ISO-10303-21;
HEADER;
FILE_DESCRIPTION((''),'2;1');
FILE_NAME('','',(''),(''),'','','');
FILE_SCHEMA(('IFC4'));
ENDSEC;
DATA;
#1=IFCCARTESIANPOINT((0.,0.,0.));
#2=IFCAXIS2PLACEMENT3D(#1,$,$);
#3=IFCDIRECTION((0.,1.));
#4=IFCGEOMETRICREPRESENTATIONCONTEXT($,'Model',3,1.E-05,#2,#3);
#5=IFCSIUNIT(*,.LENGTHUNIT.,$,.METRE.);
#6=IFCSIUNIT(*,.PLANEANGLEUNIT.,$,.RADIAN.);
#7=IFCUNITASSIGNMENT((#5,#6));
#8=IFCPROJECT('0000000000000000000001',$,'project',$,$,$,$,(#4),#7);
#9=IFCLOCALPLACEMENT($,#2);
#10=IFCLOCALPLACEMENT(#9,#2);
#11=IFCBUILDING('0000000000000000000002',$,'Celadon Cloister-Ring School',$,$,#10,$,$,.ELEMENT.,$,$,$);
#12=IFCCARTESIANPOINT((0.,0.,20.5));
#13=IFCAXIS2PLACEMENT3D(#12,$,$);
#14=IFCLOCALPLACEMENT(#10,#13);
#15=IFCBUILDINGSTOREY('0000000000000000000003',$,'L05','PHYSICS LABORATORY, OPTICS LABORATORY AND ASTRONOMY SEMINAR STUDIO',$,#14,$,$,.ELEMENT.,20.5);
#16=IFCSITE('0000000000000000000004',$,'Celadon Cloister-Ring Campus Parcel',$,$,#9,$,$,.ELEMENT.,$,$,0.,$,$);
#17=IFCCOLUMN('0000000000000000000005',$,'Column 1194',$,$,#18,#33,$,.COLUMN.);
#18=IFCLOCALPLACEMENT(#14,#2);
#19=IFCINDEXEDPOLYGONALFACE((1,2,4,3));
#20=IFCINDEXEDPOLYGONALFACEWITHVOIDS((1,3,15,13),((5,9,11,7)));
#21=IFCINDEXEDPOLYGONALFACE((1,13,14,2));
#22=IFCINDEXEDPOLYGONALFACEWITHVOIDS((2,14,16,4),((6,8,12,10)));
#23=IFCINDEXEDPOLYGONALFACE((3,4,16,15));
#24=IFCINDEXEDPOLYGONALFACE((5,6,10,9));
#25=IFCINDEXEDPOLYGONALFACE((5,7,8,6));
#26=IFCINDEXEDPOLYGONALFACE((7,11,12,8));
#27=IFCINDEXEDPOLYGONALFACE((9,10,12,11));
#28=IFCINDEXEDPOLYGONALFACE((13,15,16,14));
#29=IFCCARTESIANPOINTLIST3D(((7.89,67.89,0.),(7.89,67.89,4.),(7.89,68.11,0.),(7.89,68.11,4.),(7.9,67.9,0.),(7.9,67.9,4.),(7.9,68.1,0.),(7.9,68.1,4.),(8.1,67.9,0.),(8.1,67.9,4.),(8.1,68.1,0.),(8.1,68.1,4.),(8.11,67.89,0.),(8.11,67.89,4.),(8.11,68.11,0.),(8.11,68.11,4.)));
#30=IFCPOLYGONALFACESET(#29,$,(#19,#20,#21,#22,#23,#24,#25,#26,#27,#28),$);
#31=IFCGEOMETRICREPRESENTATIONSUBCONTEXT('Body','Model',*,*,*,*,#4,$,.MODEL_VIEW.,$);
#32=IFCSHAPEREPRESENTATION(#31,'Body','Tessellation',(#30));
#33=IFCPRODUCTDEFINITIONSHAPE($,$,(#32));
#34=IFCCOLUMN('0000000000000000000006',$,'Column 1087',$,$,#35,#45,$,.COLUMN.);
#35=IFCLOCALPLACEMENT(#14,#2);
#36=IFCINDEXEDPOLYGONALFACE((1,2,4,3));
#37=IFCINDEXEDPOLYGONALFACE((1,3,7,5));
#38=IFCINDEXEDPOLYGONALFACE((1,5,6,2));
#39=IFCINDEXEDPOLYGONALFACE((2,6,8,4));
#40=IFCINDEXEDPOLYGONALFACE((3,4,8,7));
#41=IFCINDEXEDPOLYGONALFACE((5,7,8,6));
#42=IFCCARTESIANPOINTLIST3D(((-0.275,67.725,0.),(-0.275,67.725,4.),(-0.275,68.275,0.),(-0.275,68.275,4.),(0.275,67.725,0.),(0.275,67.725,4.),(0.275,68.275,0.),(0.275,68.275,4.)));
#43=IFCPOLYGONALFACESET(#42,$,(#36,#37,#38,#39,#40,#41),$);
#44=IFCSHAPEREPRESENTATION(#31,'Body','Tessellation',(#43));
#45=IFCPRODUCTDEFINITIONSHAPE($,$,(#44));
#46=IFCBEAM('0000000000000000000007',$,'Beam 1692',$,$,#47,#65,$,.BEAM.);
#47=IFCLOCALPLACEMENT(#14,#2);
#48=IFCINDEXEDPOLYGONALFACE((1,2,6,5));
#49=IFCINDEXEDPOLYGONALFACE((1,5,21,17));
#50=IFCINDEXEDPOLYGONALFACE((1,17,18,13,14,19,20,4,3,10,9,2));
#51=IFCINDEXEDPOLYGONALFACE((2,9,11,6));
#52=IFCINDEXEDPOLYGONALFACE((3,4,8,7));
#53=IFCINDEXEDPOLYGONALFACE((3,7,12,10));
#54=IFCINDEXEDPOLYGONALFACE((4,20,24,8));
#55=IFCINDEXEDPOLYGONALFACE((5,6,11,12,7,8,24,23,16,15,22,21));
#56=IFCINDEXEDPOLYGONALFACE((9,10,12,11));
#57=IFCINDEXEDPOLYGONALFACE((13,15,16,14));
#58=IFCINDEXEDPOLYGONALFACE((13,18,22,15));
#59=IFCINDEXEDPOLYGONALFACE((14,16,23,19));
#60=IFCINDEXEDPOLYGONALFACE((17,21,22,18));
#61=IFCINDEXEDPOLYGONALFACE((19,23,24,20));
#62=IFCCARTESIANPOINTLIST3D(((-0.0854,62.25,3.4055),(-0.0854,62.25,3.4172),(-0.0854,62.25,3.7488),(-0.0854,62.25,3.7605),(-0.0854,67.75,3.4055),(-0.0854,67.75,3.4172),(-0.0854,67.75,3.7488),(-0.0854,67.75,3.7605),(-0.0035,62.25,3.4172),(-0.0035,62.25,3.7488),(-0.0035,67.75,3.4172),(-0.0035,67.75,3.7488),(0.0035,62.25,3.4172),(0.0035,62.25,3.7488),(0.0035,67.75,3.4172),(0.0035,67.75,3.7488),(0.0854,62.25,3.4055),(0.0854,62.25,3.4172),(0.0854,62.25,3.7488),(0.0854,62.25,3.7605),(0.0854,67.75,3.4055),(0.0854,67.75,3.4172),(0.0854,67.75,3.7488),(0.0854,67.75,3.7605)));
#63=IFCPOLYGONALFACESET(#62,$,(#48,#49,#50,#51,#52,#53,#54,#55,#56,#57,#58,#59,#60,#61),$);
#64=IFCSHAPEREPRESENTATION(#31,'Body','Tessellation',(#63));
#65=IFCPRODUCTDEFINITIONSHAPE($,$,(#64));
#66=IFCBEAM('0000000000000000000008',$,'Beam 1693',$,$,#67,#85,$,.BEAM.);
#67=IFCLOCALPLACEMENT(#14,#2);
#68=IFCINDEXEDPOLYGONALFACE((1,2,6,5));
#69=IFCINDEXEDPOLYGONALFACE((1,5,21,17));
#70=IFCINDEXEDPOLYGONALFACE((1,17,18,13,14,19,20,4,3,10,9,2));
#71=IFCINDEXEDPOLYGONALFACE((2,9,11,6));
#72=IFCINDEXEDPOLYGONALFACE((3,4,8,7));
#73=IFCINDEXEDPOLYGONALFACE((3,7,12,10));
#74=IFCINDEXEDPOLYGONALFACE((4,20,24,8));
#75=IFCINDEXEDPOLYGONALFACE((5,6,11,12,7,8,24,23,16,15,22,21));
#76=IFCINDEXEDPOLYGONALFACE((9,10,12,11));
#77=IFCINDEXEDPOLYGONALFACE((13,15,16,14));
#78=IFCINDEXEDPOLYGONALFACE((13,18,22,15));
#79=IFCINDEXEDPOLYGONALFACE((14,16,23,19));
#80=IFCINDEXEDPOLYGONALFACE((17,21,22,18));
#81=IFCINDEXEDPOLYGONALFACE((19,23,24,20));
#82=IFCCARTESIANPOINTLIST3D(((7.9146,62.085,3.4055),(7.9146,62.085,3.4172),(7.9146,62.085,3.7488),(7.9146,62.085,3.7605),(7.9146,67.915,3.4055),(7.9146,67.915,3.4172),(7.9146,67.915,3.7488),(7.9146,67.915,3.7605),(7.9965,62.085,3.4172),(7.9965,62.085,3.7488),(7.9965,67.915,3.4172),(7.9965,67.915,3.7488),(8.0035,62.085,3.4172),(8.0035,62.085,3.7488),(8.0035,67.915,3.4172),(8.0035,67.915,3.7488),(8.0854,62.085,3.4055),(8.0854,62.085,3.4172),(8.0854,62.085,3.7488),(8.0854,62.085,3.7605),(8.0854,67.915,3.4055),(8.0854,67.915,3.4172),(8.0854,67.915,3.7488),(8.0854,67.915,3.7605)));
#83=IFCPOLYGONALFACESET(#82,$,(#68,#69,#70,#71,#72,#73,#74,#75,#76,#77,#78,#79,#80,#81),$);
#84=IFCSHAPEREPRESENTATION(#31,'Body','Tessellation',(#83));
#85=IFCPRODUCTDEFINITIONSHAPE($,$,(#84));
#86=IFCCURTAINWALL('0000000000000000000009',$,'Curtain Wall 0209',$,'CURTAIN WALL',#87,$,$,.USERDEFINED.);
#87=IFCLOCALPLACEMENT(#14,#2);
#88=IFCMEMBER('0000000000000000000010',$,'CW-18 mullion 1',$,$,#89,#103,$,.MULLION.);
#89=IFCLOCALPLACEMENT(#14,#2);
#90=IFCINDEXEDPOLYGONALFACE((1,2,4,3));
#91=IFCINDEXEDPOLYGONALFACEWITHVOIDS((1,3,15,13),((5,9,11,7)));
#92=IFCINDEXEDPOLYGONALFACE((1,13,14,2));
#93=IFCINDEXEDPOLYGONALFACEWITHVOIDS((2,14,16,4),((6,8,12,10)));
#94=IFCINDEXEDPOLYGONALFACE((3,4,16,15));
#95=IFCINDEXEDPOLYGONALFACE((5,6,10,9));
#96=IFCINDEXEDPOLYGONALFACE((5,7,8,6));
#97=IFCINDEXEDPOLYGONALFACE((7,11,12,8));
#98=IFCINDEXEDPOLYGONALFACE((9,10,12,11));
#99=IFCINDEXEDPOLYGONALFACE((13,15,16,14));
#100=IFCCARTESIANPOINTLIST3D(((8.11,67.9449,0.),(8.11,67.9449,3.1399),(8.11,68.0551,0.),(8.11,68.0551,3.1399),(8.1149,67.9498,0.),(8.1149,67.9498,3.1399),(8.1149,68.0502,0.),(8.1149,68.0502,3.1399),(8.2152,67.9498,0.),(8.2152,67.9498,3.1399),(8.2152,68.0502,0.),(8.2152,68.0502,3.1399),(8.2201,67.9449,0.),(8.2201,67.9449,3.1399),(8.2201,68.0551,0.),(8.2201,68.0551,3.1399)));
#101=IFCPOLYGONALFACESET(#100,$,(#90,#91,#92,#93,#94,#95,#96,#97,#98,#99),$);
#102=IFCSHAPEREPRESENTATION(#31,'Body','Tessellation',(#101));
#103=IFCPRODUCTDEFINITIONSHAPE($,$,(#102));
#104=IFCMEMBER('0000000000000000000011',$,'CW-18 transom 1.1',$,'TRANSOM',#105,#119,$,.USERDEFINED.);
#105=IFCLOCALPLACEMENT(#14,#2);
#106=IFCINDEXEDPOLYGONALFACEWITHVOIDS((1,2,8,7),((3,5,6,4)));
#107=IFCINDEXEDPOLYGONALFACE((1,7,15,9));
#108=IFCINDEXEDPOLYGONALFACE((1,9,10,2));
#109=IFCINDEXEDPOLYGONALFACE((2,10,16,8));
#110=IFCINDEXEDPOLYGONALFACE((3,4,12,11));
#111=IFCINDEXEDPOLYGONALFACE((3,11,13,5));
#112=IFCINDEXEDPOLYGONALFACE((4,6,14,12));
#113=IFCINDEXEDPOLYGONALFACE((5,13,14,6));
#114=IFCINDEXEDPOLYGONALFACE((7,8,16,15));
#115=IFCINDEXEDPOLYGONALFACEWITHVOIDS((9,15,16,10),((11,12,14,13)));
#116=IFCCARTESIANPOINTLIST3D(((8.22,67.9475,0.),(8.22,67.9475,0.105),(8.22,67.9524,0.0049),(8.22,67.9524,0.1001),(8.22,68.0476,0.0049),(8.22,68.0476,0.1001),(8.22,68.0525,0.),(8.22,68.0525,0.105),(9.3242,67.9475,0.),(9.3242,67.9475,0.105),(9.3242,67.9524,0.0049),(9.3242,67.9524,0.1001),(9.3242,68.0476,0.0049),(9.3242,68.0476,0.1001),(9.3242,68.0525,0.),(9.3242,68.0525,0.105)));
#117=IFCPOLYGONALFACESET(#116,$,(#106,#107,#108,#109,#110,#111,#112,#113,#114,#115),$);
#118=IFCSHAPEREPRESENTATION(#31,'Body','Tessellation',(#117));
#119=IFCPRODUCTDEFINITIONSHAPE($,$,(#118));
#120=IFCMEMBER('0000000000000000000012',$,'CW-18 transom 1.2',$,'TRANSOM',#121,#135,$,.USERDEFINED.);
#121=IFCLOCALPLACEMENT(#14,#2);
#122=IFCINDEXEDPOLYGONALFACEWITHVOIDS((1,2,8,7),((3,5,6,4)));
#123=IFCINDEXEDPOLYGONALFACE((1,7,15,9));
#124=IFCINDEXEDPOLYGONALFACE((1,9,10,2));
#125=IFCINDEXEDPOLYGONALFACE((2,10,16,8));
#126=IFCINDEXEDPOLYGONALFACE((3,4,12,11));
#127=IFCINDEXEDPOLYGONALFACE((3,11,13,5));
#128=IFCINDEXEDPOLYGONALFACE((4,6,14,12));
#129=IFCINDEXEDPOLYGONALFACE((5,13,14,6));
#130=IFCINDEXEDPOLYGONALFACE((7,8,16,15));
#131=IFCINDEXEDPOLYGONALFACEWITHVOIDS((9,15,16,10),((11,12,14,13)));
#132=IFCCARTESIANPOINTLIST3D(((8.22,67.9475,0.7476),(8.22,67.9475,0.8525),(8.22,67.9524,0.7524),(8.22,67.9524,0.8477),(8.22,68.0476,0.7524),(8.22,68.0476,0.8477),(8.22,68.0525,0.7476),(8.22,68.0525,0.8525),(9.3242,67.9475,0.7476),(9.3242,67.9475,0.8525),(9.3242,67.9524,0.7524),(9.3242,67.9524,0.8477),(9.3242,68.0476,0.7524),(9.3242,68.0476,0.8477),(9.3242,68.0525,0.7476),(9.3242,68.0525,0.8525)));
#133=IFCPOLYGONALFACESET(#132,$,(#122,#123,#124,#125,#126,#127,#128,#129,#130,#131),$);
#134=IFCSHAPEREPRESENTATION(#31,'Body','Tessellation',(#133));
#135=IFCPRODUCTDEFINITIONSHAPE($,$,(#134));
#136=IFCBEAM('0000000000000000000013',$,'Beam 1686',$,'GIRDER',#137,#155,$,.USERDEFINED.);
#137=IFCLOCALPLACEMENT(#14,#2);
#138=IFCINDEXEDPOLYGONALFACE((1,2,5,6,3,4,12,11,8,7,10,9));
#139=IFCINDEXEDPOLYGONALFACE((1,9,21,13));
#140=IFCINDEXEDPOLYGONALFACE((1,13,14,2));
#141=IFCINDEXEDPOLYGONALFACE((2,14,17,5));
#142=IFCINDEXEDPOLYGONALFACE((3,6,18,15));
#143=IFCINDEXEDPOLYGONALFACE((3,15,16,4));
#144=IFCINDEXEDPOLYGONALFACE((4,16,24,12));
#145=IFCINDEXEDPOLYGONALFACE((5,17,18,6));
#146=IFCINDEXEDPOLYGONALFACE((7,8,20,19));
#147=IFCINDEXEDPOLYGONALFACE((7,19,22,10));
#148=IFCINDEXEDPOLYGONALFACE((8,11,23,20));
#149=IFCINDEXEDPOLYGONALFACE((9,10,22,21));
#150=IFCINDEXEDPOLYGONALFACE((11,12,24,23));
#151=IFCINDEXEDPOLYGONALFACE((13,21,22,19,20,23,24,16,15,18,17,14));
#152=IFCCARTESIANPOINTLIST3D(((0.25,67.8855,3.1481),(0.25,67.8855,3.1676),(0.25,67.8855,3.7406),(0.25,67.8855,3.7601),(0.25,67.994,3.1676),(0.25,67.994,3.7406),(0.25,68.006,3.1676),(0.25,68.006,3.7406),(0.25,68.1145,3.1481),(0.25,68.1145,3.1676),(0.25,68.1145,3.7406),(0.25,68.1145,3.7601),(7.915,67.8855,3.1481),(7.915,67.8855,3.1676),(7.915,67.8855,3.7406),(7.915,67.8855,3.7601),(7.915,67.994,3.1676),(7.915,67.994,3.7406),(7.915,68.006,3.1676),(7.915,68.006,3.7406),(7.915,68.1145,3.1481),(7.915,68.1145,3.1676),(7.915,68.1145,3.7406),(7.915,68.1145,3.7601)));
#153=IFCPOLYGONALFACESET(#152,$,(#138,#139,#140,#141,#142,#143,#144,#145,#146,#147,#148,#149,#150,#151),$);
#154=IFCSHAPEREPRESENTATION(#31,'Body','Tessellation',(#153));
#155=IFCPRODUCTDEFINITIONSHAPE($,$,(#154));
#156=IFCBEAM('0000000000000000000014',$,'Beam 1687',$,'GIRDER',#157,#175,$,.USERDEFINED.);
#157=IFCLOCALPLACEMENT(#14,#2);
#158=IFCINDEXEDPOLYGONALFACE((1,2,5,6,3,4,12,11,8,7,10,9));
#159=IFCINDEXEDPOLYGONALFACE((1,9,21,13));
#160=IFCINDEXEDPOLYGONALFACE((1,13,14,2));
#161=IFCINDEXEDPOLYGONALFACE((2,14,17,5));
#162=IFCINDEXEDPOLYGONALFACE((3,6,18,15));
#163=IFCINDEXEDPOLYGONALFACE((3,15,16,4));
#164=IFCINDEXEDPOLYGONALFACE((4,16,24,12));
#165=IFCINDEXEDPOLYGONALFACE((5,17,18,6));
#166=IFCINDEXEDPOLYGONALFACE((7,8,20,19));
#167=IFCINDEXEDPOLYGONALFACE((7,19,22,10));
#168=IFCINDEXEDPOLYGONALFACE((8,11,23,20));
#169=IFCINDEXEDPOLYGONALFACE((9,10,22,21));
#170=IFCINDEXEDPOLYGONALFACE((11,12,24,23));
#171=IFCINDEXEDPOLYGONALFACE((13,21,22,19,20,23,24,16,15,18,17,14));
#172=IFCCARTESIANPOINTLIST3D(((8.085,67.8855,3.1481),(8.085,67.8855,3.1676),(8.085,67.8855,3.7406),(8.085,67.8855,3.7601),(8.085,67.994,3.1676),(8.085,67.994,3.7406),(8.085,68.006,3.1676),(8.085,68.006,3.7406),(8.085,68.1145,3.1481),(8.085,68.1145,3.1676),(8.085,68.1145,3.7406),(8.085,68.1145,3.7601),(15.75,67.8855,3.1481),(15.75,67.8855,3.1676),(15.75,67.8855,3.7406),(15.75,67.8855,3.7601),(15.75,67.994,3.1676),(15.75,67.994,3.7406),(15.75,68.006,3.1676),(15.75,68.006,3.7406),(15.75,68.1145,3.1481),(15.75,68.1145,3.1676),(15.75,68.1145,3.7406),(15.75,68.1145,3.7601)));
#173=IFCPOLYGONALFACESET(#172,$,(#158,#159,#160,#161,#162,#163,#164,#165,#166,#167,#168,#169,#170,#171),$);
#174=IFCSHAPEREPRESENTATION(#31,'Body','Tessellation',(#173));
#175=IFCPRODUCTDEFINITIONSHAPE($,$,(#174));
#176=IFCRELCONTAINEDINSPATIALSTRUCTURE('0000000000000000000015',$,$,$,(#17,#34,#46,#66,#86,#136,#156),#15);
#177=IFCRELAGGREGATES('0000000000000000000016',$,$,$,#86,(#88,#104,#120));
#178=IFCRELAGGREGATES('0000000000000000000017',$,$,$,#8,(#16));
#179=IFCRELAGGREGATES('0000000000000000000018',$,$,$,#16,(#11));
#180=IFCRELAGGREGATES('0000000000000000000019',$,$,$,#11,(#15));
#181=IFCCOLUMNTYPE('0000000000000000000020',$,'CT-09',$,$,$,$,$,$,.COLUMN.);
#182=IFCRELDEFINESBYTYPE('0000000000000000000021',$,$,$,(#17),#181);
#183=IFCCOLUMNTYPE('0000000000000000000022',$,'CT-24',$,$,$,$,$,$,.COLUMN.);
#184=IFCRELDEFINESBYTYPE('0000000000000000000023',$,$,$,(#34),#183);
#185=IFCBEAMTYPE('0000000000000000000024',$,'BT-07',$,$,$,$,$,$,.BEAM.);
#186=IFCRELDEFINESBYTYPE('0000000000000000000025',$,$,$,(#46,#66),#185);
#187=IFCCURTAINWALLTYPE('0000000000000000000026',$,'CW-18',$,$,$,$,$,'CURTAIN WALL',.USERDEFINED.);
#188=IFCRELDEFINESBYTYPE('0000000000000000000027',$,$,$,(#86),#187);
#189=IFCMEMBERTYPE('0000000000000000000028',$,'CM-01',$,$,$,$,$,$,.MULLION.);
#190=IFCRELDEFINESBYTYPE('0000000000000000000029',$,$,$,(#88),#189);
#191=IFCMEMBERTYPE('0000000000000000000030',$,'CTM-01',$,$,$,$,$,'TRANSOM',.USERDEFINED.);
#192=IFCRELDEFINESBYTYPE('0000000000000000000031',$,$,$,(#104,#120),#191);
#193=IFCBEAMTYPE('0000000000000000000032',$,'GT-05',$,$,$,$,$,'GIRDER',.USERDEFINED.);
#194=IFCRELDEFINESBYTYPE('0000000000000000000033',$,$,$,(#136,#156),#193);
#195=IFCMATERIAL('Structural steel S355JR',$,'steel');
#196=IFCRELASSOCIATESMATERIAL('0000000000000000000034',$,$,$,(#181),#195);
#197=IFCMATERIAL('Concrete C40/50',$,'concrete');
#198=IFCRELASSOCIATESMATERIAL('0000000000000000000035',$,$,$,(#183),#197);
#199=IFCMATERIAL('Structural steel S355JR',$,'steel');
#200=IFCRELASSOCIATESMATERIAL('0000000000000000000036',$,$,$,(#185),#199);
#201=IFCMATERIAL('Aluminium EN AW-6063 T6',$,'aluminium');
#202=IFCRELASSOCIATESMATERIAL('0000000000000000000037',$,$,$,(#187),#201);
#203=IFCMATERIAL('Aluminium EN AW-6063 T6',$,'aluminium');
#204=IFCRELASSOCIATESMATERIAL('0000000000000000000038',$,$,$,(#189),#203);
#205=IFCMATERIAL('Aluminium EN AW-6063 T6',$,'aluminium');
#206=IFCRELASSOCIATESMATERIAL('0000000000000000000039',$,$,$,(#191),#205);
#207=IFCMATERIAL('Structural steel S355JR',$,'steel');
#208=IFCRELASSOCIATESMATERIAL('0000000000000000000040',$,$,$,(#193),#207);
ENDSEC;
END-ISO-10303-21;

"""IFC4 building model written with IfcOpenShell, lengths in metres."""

from ifc_helpers import new_model, si_unit, direction, frame, origin, origin_2d, place, context, subcontext, project, spatial, rectangle, hollow_rectangle, i_section, extrude, material, material_profile, profile_set, type_object, element, aggregate, save


model = new_model("IFC4")

# Units and contexts
model_context = context("Model", 3, precision=1e-05, world=origin(), true_north=direction((0.0, 1.0)))
body_context = subcontext(model_context, "Body", "Model", "MODEL_VIEW")
ifc_project = project(units=[si_unit("LENGTHUNIT", "METRE"), si_unit("PLANEANGLEUNIT", "RADIAN")], contexts=[model_context])

# Site, building, storey
site_placement = place(None, origin())
site = spatial("IfcSite", under=ifc_project, at=site_placement, Name="Celadon Cloister-Ring Campus Parcel", CompositionType="ELEMENT", RefElevation=0.0)
building_placement = place(site_placement, origin())
building = spatial("IfcBuilding", under=site, at=building_placement, Name="Celadon Cloister-Ring School", CompositionType="ELEMENT")
storey_placement = place(building_placement, frame((0.0, 0.0, 20.5)))
storey = spatial("IfcBuildingStorey", under=building, at=storey_placement, Name="L05", Description="PHYSICS LABORATORY, OPTICS LABORATORY AND ASTRONOMY SEMINAR STUDIO", CompositionType="ELEMENT", Elevation=20.5)

# Columns
ifc_material_1 = material(Name="Structural steel S355JR", Category="steel")
ifc_material_profile_1 = material_profile(ifc_material_1, hollow_rectangle(XDim=0.22, YDim=0.22, WallThickness=0.01, at=origin_2d()), Name="HSS220X220X10")
ifc_profile_set_1 = profile_set([ifc_material_profile_1], Name="Structural steel S355JR")
column_type_1 = type_object("IfcColumnType", Name="CT-09", PredefinedType="COLUMN", material=ifc_profile_set_1)
column_1_placement = place(storey_placement, frame((8.0, 68.0, 0.0), z_axis=(0.0, 0.0, 1.0), x_axis=(1.0, 0.0, 0.0)))
element("IfcColumn", 1, at=column_1_placement, inside=storey, type_object=column_type_1, Name="Column 1194", PredefinedType="COLUMN", context=body_context, shape_type="SweptSolid", body=[
    extrude(hollow_rectangle(XDim=0.22, YDim=0.22, WallThickness=0.01, at=origin_2d()), origin(), (0.0, 0.0, 1.0), 4.0),
])
ifc_material_2 = material(Name="Concrete C40/50", Category="concrete")
ifc_material_profile_2 = material_profile(ifc_material_2, rectangle(XDim=0.55, YDim=0.55, at=origin_2d()), Name="RC550X550")
ifc_profile_set_2 = profile_set([ifc_material_profile_2], Name="Concrete C40/50")
column_type_2 = type_object("IfcColumnType", Name="CT-24", PredefinedType="COLUMN", material=ifc_profile_set_2)
column_2_placement = place(storey_placement, frame((0.0, 68.0, 0.0), z_axis=(0.0, 0.0, 1.0), x_axis=(1.0, 0.0, 0.0)))
element("IfcColumn", 2, at=column_2_placement, inside=storey, type_object=column_type_2, Name="Column 1087", PredefinedType="COLUMN", context=body_context, shape_type="SweptSolid", body=[
    extrude(rectangle(XDim=0.55, YDim=0.55, at=origin_2d()), origin(), (0.0, 0.0, 1.0), 4.0),
])

# Beams
ifc_material_3 = material(Name="Structural steel S355JR", Category="steel")
ifc_material_profile_3 = material_profile(ifc_material_3, i_section(OverallWidth=0.1709, OverallDepth=0.355, WebThickness=0.0071, FlangeThickness=0.0117, at=origin_2d()), Name="W360X51")
ifc_profile_set_3 = profile_set([ifc_material_profile_3], Name="Structural steel S355JR")
beam_type_1 = type_object("IfcBeamType", Name="BT-07", PredefinedType="BEAM", material=ifc_profile_set_3)
beam_1_placement = place(storey_placement, frame((0.0, 62.25, 3.583), z_axis=(0.0, 1.0, 0.0), x_axis=(-1.0, 0.0, 0.0)))
element("IfcBeam", 3, at=beam_1_placement, inside=storey, type_object=beam_type_1, Name="Beam 1692", PredefinedType="BEAM", context=body_context, shape_type="SweptSolid", body=[
    extrude(i_section(OverallWidth=0.1709, OverallDepth=0.355, WebThickness=0.0071, FlangeThickness=0.0117, at=origin_2d()), origin(), (0.0, 0.0, 1.0), 5.5),
])
beam_2_placement = place(storey_placement, frame((8.0, 62.085, 3.583), z_axis=(0.0, 1.0, 0.0), x_axis=(-1.0, 0.0, 0.0)))
element("IfcBeam", 4, at=beam_2_placement, inside=storey, type_object=beam_type_1, Name="Beam 1693", PredefinedType="BEAM", context=body_context, shape_type="SweptSolid", body=[
    extrude(i_section(OverallWidth=0.1709, OverallDepth=0.355, WebThickness=0.0071, FlangeThickness=0.0117, at=origin_2d()), origin(), (0.0, 0.0, 1.0), 5.8301),
])

# Curtain wall, members
ifc_material_4 = material(Name="Aluminium EN AW-6063 T6", Category="aluminium")
curtain_wall_type = type_object("IfcCurtainWallType", Name="CW-18", ElementType="CURTAIN WALL", PredefinedType="USERDEFINED", material=ifc_material_4)
curtain_wall_placement = place(storey_placement, origin())
curtain_wall = element("IfcCurtainWall", 5, at=curtain_wall_placement, inside=storey, type_object=curtain_wall_type, Name="Curtain Wall 0209", ObjectType="CURTAIN WALL", PredefinedType="USERDEFINED")
ifc_material_5 = material(Name="Aluminium EN AW-6063 T6", Category="aluminium")
ifc_material_profile_4 = material_profile(ifc_material_5, hollow_rectangle(XDim=0.1101, YDim=0.1101, WallThickness=0.0049, at=origin_2d()), Name="RHS110X110X5")
ifc_profile_set_4 = profile_set([ifc_material_profile_4], Name="Aluminium EN AW-6063 T6")
member_type_1 = type_object("IfcMemberType", Name="CM-01", PredefinedType="MULLION", material=ifc_profile_set_4)
member_1_placement = place(storey_placement, frame((8.165, 68.0, 0.0), z_axis=(0.0, 0.0, 1.0), x_axis=(0.0, 1.0, 0.0)))
member_1 = element("IfcMember", 6, at=member_1_placement, type_object=member_type_1, Name="CW-18 mullion 1", PredefinedType="MULLION", context=body_context, shape_type="SweptSolid", body=[
    extrude(hollow_rectangle(XDim=0.1101, YDim=0.1101, WallThickness=0.0049, at=origin_2d()), origin(), (0.0, 0.0, 1.0), 3.1399),
])
ifc_material_6 = material(Name="Aluminium EN AW-6063 T6", Category="aluminium")
ifc_material_profile_5 = material_profile(ifc_material_6, hollow_rectangle(XDim=0.105, YDim=0.105, WallThickness=0.0049, at=origin_2d()), Name="RHS105X105X5")
ifc_profile_set_5 = profile_set([ifc_material_profile_5], Name="Aluminium EN AW-6063 T6")
member_type_2 = type_object("IfcMemberType", Name="CTM-01", ElementType="TRANSOM", PredefinedType="USERDEFINED", material=ifc_profile_set_5)
member_2_placement = place(storey_placement, frame((8.22, 68.0, 0.0525), z_axis=(1.0, 0.0, 0.0), x_axis=(0.0, 1.0, 0.0)))
member_2 = element("IfcMember", 7, at=member_2_placement, type_object=member_type_2, Name="CW-18 transom 1.1", ObjectType="TRANSOM", PredefinedType="USERDEFINED", context=body_context, shape_type="SweptSolid", body=[
    extrude(hollow_rectangle(XDim=0.105, YDim=0.105, WallThickness=0.0049, at=origin_2d()), origin(), (0.0, 0.0, 1.0), 1.1042),
])
member_3_placement = place(storey_placement, frame((8.22, 68.0, 0.8), z_axis=(1.0, 0.0, 0.0), x_axis=(0.0, 1.0, 0.0)))
member_3 = element("IfcMember", 8, at=member_3_placement, type_object=member_type_2, Name="CW-18 transom 1.2", ObjectType="TRANSOM", PredefinedType="USERDEFINED", context=body_context, shape_type="SweptSolid", body=[
    extrude(hollow_rectangle(XDim=0.105, YDim=0.105, WallThickness=0.0049, at=origin_2d()), origin(), (0.0, 0.0, 1.0), 1.1042),
])
aggregate(curtain_wall, [member_1, member_2, member_3])

# Beams
ifc_material_7 = material(Name="Structural steel S355JR", Category="steel")
ifc_material_profile_6 = material_profile(ifc_material_7, i_section(OverallWidth=0.229, OverallDepth=0.6121, WebThickness=0.012, FlangeThickness=0.0195, at=origin_2d()), Name="W610X125")
ifc_profile_set_6 = profile_set([ifc_material_profile_6], Name="Structural steel S355JR")
beam_type_2 = type_object("IfcBeamType", Name="GT-05", ElementType="GIRDER", PredefinedType="USERDEFINED", material=ifc_profile_set_6)
for number, where, z_axis, x_axis, name in (
    (9, (0.25, 68.0, 3.4541), (1.0, 0.0, 0.0), (0.0, 1.0, 0.0), "Beam 1686"),
    (10, (8.085, 68.0, 3.4541), (1.0, 0.0, 0.0), (0.0, 1.0, 0.0), "Beam 1687"),
):
    element("IfcBeam", number, at=place(storey_placement, frame(where, z_axis=z_axis, x_axis=x_axis)), inside=storey, type_object=beam_type_2, Name=name, ObjectType="GIRDER", PredefinedType="USERDEFINED", context=body_context, shape_type="SweptSolid", body=[
        extrude(i_section(OverallWidth=0.229, OverallDepth=0.6121, WebThickness=0.012, FlangeThickness=0.0195, at=origin_2d()), origin(), (0.0, 0.0, 1.0), 7.665),
    ])

save(model, "model.ifc")
